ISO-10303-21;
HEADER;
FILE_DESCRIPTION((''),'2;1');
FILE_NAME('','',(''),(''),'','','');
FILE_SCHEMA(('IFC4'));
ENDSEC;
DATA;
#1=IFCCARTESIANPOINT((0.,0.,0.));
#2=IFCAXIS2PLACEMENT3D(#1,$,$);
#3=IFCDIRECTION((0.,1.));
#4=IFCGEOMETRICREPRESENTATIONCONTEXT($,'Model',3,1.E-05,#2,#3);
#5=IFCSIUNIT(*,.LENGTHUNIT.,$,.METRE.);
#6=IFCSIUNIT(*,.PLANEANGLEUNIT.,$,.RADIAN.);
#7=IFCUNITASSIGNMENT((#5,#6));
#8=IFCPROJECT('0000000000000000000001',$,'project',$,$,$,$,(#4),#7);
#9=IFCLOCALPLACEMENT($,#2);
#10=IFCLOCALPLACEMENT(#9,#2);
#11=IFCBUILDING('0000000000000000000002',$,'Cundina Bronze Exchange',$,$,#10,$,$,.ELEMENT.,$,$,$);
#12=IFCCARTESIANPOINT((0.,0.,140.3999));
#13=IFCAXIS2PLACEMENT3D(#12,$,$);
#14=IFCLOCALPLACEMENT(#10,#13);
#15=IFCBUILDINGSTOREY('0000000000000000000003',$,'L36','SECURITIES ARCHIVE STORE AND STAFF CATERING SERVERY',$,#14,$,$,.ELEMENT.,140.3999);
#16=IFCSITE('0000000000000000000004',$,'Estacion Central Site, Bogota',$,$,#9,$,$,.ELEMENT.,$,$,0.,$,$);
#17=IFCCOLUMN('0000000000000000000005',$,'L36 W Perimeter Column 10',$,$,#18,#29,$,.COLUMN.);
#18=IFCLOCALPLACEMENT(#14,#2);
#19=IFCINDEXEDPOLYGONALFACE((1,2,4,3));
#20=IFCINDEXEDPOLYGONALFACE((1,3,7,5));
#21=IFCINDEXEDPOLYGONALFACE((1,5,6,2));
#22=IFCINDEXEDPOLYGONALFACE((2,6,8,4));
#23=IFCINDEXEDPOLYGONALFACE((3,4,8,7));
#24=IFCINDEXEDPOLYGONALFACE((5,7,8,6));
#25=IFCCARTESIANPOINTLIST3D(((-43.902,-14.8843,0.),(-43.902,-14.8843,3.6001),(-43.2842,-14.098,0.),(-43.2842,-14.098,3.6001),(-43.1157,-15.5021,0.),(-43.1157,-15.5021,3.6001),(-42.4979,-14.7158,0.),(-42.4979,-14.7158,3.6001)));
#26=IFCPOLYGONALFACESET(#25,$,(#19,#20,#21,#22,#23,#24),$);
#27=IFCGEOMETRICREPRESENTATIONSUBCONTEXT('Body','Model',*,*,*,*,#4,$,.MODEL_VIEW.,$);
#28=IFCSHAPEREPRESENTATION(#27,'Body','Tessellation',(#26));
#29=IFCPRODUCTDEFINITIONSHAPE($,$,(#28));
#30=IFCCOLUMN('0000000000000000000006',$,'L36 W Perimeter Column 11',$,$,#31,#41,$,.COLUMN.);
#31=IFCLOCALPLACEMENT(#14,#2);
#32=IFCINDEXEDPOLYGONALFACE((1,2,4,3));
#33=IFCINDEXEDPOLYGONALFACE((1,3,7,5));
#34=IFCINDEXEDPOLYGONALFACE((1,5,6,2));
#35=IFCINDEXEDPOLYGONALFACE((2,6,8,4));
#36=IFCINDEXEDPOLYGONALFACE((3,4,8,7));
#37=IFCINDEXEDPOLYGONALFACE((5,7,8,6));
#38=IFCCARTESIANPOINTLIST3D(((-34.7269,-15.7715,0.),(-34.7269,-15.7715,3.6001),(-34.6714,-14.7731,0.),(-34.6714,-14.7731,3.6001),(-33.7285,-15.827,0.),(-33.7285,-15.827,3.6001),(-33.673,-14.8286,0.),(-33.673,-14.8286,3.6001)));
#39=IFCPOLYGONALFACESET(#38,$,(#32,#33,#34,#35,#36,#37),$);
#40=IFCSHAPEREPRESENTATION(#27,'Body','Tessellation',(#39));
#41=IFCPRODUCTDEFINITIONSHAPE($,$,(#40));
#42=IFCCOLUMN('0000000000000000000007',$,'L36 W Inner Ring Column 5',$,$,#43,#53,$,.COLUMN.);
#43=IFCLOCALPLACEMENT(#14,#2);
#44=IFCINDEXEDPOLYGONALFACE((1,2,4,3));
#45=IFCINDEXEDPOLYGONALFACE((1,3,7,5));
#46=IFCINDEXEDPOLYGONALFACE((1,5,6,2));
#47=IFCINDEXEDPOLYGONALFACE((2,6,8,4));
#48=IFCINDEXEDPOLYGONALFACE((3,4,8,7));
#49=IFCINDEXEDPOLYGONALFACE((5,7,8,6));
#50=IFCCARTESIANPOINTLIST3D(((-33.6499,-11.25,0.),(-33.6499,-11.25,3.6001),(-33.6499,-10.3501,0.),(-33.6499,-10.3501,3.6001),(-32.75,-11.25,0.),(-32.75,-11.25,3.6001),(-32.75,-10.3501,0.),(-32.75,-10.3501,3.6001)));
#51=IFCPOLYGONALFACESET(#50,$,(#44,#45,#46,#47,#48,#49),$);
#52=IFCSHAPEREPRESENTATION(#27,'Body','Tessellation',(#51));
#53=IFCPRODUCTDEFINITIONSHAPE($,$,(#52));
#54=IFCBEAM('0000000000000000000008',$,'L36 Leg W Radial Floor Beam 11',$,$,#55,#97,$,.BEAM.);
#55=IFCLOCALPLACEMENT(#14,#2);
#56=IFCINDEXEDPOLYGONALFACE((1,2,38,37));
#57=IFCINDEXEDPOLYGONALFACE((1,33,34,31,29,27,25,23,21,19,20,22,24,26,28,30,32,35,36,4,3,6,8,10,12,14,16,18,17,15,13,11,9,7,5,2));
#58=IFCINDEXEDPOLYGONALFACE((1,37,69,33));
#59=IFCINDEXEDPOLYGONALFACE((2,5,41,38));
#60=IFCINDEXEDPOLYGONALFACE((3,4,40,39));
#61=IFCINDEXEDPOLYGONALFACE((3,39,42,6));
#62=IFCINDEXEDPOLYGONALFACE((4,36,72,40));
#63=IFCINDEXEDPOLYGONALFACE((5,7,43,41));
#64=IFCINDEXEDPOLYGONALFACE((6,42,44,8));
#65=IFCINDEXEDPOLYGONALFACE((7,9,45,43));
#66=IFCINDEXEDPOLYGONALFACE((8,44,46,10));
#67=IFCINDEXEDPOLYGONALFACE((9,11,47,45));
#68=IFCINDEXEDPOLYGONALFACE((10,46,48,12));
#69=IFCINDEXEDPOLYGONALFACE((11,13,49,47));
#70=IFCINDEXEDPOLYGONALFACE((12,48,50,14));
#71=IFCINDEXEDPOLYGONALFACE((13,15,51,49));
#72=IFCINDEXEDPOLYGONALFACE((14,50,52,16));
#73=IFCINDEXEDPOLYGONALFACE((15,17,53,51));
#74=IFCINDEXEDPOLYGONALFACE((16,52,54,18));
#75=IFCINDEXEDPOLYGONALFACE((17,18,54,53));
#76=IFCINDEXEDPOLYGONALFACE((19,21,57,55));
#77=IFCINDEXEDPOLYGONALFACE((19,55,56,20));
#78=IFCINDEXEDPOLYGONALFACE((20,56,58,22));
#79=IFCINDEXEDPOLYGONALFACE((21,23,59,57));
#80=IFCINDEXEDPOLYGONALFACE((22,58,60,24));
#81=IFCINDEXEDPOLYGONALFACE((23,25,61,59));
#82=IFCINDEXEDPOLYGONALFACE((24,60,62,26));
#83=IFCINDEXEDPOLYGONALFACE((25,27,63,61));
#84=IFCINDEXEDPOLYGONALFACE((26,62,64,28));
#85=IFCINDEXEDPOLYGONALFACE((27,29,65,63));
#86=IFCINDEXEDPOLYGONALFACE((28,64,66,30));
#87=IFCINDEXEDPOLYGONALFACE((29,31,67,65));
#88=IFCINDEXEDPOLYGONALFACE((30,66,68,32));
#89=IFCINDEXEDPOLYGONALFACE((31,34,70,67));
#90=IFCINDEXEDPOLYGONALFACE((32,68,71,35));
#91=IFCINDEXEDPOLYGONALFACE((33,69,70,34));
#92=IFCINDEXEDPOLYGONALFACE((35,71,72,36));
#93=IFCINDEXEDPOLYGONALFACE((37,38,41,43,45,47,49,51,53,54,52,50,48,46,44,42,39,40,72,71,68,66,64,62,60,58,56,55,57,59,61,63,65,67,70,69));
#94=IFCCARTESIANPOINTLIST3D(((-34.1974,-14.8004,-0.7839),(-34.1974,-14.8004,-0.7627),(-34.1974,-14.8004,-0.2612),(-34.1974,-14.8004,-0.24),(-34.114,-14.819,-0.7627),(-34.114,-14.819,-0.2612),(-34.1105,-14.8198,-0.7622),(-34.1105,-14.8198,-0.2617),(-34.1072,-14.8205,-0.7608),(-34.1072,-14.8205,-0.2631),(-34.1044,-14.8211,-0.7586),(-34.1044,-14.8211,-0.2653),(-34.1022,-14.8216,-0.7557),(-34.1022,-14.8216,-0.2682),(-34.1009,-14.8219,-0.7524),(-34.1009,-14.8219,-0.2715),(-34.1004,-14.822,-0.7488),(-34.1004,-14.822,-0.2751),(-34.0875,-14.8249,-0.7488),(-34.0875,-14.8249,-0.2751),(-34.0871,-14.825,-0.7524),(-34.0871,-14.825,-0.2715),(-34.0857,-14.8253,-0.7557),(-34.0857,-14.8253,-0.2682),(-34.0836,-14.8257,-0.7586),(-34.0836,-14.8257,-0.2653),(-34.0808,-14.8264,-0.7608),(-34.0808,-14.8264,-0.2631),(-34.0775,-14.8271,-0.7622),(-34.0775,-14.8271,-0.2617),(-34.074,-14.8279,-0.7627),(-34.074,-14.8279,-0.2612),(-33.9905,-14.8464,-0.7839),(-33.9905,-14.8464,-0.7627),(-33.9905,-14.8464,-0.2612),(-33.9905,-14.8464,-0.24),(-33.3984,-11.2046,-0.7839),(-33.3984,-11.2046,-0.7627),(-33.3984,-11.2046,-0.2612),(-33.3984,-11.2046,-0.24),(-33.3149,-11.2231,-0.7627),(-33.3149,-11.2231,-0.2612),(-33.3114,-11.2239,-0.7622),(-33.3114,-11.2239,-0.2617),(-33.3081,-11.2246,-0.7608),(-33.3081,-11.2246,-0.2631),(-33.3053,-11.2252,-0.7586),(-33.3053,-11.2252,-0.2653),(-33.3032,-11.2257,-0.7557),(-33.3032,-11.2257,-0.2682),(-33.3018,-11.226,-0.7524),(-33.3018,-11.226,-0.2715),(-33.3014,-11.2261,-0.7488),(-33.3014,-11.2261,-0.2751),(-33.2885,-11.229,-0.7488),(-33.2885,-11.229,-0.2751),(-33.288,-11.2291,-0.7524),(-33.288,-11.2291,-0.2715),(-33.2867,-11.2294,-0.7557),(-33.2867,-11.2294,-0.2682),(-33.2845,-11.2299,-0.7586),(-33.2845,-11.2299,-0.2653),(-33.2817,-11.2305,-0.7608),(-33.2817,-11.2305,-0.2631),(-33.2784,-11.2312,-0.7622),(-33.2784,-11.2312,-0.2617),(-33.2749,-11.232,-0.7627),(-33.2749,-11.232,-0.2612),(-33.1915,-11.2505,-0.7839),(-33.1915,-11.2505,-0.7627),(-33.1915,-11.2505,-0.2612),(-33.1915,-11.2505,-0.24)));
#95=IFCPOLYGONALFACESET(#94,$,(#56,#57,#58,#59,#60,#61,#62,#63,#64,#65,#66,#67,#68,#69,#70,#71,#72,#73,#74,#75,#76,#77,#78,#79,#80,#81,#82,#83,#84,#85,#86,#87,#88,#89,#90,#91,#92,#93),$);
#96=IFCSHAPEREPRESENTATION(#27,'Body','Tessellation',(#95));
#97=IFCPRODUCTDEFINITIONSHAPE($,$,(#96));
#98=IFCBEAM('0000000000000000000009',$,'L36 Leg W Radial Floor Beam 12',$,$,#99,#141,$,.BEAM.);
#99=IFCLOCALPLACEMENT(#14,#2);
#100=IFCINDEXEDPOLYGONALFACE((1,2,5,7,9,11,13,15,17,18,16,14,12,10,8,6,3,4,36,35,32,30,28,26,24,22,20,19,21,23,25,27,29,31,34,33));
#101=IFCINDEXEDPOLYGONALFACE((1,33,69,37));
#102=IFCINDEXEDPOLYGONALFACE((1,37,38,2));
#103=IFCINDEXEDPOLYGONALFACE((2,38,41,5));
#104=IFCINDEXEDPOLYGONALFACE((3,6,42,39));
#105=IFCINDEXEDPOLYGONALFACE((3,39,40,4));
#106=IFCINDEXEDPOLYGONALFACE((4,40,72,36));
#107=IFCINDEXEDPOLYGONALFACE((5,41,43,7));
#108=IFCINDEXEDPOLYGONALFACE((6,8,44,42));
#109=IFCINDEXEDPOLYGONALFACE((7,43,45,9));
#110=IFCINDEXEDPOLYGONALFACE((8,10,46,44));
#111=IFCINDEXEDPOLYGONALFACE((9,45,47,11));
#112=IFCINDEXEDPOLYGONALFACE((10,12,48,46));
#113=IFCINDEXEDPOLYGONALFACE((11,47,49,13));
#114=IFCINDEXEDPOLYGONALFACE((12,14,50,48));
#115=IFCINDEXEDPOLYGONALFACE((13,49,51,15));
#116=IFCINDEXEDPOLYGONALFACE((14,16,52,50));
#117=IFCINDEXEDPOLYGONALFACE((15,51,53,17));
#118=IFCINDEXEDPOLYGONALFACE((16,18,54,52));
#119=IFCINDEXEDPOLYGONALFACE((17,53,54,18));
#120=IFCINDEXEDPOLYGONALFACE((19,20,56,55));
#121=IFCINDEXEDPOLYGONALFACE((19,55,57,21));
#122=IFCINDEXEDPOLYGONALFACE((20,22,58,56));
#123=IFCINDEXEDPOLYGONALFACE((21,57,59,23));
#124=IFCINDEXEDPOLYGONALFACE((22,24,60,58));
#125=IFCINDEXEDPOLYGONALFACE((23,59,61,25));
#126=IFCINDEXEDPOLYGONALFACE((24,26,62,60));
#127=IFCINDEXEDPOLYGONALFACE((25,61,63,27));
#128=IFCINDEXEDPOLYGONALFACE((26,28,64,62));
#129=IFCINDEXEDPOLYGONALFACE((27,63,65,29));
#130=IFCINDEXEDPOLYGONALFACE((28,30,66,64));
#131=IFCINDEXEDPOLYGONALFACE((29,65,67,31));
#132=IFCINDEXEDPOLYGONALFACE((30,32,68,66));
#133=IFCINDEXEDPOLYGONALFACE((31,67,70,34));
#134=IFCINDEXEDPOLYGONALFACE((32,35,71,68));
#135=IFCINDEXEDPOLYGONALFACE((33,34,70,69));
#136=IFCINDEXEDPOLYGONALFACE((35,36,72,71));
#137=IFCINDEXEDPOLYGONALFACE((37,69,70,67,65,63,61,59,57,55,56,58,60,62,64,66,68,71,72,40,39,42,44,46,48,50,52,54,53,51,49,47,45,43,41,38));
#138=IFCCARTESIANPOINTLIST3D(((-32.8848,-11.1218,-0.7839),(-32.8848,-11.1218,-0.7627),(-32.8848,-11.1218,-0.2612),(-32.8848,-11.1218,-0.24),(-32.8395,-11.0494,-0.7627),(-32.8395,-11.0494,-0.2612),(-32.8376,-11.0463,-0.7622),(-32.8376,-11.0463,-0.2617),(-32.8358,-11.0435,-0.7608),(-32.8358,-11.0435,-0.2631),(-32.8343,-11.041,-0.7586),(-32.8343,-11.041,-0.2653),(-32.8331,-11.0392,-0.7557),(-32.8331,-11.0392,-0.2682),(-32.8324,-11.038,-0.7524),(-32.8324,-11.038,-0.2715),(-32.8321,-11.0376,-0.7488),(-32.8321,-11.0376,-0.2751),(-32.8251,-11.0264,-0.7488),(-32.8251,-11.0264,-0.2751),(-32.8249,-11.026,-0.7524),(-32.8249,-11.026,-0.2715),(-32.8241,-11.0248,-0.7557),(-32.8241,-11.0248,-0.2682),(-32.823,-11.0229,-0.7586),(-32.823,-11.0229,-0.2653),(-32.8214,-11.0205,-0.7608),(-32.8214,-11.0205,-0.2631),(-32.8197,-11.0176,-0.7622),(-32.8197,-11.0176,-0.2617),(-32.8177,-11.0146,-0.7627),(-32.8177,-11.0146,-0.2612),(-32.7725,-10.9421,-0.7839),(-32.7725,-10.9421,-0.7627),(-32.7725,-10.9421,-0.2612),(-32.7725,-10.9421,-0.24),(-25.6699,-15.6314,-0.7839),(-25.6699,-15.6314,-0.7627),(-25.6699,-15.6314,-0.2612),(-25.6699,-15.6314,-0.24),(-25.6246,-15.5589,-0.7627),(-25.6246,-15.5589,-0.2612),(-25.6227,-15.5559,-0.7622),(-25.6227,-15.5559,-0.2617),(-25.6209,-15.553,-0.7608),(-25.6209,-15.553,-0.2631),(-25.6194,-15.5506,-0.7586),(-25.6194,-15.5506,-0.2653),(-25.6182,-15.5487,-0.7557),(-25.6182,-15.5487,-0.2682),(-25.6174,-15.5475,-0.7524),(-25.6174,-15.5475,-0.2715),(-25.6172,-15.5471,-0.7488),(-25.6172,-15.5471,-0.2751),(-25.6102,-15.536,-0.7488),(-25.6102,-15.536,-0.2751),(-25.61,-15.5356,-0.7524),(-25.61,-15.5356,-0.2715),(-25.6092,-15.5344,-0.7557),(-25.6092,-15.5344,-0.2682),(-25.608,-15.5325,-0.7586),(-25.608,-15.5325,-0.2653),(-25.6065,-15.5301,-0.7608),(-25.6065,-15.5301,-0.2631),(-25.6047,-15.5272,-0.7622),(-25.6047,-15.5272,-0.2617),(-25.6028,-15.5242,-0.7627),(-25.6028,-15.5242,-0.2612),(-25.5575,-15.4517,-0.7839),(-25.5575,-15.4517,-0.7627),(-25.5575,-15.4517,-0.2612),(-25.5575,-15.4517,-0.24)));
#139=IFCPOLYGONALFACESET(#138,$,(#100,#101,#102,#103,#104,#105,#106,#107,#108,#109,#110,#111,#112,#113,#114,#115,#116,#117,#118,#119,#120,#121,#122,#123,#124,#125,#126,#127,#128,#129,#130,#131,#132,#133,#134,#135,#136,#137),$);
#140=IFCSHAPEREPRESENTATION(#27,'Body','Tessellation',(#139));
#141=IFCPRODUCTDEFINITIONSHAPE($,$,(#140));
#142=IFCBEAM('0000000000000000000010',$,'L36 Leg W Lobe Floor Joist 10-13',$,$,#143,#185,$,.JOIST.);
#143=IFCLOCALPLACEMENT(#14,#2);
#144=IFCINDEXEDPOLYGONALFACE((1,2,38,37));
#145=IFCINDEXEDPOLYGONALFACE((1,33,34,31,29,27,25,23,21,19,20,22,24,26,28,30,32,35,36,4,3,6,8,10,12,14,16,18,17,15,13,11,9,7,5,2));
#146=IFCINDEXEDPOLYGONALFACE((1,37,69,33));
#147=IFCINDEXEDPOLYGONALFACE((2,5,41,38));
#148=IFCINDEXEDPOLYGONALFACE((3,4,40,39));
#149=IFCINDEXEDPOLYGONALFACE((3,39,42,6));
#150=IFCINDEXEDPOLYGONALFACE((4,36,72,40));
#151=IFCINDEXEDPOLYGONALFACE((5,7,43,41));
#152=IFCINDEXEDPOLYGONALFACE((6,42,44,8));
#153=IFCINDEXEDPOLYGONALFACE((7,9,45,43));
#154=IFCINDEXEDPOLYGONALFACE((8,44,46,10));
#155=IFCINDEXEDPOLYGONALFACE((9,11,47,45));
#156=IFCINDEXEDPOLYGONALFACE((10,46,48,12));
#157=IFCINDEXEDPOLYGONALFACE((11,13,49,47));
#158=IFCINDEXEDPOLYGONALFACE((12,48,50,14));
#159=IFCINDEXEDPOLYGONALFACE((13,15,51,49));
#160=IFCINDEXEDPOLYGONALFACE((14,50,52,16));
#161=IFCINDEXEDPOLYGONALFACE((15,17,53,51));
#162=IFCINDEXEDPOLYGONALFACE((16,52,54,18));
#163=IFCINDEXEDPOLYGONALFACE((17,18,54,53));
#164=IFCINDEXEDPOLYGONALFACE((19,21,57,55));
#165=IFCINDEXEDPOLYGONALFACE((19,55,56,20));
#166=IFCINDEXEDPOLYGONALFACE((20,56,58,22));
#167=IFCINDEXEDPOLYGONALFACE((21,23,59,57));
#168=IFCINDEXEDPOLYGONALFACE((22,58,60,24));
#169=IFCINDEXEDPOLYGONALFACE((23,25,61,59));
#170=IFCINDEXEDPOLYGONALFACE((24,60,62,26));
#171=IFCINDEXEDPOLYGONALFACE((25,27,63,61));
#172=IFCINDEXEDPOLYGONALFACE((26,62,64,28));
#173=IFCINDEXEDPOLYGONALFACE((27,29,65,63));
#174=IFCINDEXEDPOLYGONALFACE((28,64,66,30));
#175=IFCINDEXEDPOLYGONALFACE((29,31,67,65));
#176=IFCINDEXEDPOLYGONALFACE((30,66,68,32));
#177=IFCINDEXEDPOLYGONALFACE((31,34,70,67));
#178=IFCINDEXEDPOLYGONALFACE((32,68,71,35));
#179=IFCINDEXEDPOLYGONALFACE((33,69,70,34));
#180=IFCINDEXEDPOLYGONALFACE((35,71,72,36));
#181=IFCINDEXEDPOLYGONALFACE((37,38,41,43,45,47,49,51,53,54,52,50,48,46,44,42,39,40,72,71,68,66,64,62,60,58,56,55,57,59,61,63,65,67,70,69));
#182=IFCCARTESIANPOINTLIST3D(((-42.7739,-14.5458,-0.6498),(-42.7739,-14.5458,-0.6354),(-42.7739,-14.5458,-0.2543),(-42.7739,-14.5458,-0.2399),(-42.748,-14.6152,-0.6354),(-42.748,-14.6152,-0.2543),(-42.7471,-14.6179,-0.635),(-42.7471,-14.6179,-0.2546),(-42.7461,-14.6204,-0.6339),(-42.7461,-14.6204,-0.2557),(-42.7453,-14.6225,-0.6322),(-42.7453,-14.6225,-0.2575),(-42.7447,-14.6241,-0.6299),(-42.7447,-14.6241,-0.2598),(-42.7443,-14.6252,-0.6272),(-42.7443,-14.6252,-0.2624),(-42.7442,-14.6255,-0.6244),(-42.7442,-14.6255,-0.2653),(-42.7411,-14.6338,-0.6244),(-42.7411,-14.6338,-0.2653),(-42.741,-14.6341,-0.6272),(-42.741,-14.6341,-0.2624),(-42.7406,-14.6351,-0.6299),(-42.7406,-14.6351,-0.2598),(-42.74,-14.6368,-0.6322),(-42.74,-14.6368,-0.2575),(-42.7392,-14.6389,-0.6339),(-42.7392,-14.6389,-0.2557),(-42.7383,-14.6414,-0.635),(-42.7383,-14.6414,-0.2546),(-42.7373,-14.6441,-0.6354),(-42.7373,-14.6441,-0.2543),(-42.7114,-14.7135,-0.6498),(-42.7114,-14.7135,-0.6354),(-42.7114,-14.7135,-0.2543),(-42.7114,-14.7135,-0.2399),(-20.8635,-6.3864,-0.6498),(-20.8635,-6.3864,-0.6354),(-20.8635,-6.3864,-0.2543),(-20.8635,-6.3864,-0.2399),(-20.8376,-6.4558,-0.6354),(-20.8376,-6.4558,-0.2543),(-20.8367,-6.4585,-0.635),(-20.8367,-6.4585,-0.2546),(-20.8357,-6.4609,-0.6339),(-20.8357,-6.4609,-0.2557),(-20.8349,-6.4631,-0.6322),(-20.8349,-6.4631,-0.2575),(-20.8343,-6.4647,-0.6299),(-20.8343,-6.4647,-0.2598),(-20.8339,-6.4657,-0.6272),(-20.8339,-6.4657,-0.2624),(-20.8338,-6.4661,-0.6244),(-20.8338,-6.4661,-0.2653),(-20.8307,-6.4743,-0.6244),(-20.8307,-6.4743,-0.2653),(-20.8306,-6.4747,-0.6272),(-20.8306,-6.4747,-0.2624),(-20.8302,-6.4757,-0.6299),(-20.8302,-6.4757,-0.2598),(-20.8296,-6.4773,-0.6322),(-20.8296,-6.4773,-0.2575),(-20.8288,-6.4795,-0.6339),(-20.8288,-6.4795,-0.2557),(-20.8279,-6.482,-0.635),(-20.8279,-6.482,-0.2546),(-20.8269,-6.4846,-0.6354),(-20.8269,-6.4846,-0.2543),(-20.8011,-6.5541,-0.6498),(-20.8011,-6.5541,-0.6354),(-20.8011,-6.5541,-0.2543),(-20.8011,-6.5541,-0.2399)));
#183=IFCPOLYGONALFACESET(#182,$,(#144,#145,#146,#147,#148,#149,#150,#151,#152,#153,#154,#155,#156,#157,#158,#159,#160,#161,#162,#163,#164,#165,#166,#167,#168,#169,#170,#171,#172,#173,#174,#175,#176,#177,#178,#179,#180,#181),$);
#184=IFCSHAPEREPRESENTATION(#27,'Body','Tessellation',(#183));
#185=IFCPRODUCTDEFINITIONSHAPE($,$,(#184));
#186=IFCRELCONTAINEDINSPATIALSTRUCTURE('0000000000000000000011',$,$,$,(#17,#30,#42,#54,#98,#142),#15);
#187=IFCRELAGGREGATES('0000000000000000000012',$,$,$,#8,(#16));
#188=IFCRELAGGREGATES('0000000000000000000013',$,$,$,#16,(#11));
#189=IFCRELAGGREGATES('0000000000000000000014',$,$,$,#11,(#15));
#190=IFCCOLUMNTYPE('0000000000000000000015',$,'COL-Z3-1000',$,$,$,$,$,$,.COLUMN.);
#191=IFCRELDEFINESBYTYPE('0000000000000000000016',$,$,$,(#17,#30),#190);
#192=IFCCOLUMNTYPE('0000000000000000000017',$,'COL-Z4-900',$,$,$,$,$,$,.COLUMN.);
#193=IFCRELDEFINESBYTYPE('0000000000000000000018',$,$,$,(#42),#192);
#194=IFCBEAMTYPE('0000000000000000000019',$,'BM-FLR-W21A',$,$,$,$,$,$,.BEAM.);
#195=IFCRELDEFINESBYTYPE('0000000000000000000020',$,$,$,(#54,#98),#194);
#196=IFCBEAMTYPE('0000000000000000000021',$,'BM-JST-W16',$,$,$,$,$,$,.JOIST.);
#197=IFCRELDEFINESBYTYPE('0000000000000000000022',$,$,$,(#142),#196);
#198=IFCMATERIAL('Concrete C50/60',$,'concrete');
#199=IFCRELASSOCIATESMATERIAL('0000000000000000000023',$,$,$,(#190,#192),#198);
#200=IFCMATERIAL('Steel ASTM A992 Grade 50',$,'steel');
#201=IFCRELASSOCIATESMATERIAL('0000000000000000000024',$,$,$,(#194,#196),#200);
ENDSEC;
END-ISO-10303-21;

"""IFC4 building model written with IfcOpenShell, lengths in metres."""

from ifc_helpers import new_model, si_unit, direction, frame, origin, origin_2d, place, context, subcontext, project, spatial, rectangle, i_section, extrude, material, material_profile, profile_set, type_object, element, save


model = new_model("IFC4")

# Units and contexts
model_context = context("Model", 3, precision=1e-05, world=origin(), true_north=direction((0.0, 1.0)))
body_context = subcontext(model_context, "Body", "Model", "MODEL_VIEW")
ifc_project = project(units=[si_unit("LENGTHUNIT", "METRE"), si_unit("PLANEANGLEUNIT", "RADIAN")], contexts=[model_context])

# Site, building, storey
site_placement = place(None, origin())
site = spatial("IfcSite", under=ifc_project, at=site_placement, Name="Estacion Central Site, Bogota", CompositionType="ELEMENT", RefElevation=0.0)
building_placement = place(site_placement, origin())
building = spatial("IfcBuilding", under=site, at=building_placement, Name="Cundina Bronze Exchange", CompositionType="ELEMENT")
storey_placement = place(building_placement, frame((0.0, 0.0, 140.3999)))
storey = spatial("IfcBuildingStorey", under=building, at=storey_placement, Name="L36", Description="SECURITIES ARCHIVE STORE AND STAFF CATERING SERVERY", CompositionType="ELEMENT", Elevation=140.3999)

# Columns
ifc_material_1 = material(Name="Concrete C50/60", Category="concrete")
ifc_material_profile_1 = material_profile(ifc_material_1, rectangle(XDim=1.0, YDim=1.0, at=origin_2d()), Name="RC1000X1000", Category="concrete")
ifc_profile_set_1 = profile_set([ifc_material_profile_1], Name="Concrete C50/60")
column_type_1 = type_object("IfcColumnType", Name="COL-Z3-1000", PredefinedType="COLUMN", material=ifc_profile_set_1)
for number, where, z_axis, x_axis, name in (
    (1, (-43.2, -14.8, 0.0), (0.0, 0.0, 1.0), (0.786288, -0.61786, 0.0), "L36 W Perimeter Column 10"),
    (2, (-34.2, -15.3, 0.0), (0.0, 0.0, 1.0), (0.99846, -0.055473, 0.0), "L36 W Perimeter Column 11"),
):
    element("IfcColumn", number, at=place(storey_placement, frame(where, z_axis=z_axis, x_axis=x_axis)), inside=storey, type_object=column_type_1, Name=name, PredefinedType="COLUMN", context=body_context, shape_type="SweptSolid", body=[
        extrude(rectangle(XDim=1.0, YDim=1.0, at=origin_2d()), origin(), (0.0, 0.0, 1.0), 3.6001),
    ])
ifc_material_profile_2 = material_profile(ifc_material_1, rectangle(XDim=0.8999, YDim=0.8999, at=origin_2d()), Name="RC900X900", Category="concrete")
ifc_profile_set_2 = profile_set([ifc_material_profile_2], Name="Concrete C50/60")
column_type_2 = type_object("IfcColumnType", Name="COL-Z4-900", PredefinedType="COLUMN", material=ifc_profile_set_2)
column_placement = place(storey_placement, frame((-33.2, -10.8, 0.0), z_axis=(0.0, 0.0, 1.0), x_axis=(1.0, 0.0, 0.0)))
element("IfcColumn", 3, at=column_placement, inside=storey, type_object=column_type_2, Name="L36 W Inner Ring Column 5", PredefinedType="COLUMN", context=body_context, shape_type="SweptSolid", body=[
    extrude(rectangle(XDim=0.8999, YDim=0.8999, at=origin_2d()), origin(), (0.0, 0.0, 1.0), 3.6001),
])

# Beams
ifc_material_2 = material(Name="Steel ASTM A992 Grade 50", Category="steel")
ifc_material_profile_3 = material_profile(ifc_material_2, i_section(OverallWidth=0.2119, OverallDepth=0.5439, WebThickness=0.0132, FlangeThickness=0.0212, FilletRadius=0.0139, at=origin_2d()), Name="W21X83", Category="steel")
ifc_profile_set_3 = profile_set([ifc_material_profile_3], Name="Steel ASTM A992 Grade 50")
beam_type_1 = type_object("IfcBeamType", Name="BM-FLR-W21A", PredefinedType="BEAM", material=ifc_profile_set_3)
beam_1_placement = place(storey_placement, frame((-33.2949, -11.2275, -0.512), z_axis=(-0.216923, -0.976189, 0.0), x_axis=(0.976189, -0.216923, 0.0)))
element("IfcBeam", 4, at=beam_1_placement, inside=storey, type_object=beam_type_1, Name="L36 Leg W Radial Floor Beam 11", PredefinedType="BEAM", context=body_context, shape_type="SweptSolid", body=[
    extrude(i_section(OverallWidth=0.2119, OverallDepth=0.5439, WebThickness=0.0132, FlangeThickness=0.0212, FilletRadius=0.0139, at=origin_2d()), origin(), (0.0, 0.0, 1.0), 3.6836),
])
beam_2_placement = place(storey_placement, frame((-32.8286, -11.032, -0.512), z_axis=(0.847985, -0.53002, 0.0), x_axis=(0.53002, 0.847985, 0.0)))
element("IfcBeam", 5, at=beam_2_placement, inside=storey, type_object=beam_type_1, Name="L36 Leg W Radial Floor Beam 12", PredefinedType="BEAM", context=body_context, shape_type="SweptSolid", body=[
    extrude(i_section(OverallWidth=0.2119, OverallDepth=0.5439, WebThickness=0.0132, FlangeThickness=0.0212, FilletRadius=0.0139, at=origin_2d()), origin(), (0.0, 0.0, 1.0), 8.5083),
])
ifc_material_profile_4 = material_profile(ifc_material_2, i_section(OverallWidth=0.179, OverallDepth=0.4099, WebThickness=0.0088, FlangeThickness=0.0144, FilletRadius=0.011, at=origin_2d()), Name="W16X45", Category="steel")
ifc_profile_set_4 = profile_set([ifc_material_profile_4], Name="Steel ASTM A992 Grade 50")
beam_type_2 = type_object("IfcBeamType", Name="BM-JST-W16", PredefinedType="JOIST", material=ifc_profile_set_4)
beam_3_placement = place(storey_placement, frame((-42.7427, -14.6296, -0.4448), z_axis=(0.937128, 0.348986, 0.0), x_axis=(-0.348986, 0.937128, 0.0)))
element("IfcBeam", 6, at=beam_3_placement, inside=storey, type_object=beam_type_2, Name="L36 Leg W Lobe Floor Joist 10-13", PredefinedType="JOIST", context=body_context, shape_type="SweptSolid", body=[
    extrude(i_section(OverallWidth=0.179, OverallDepth=0.4099, WebThickness=0.0088, FlangeThickness=0.0144, FilletRadius=0.011, at=origin_2d()), origin(), (0.0, 0.0, 1.0), 23.3804),
])

save(model, "model.ifc")
